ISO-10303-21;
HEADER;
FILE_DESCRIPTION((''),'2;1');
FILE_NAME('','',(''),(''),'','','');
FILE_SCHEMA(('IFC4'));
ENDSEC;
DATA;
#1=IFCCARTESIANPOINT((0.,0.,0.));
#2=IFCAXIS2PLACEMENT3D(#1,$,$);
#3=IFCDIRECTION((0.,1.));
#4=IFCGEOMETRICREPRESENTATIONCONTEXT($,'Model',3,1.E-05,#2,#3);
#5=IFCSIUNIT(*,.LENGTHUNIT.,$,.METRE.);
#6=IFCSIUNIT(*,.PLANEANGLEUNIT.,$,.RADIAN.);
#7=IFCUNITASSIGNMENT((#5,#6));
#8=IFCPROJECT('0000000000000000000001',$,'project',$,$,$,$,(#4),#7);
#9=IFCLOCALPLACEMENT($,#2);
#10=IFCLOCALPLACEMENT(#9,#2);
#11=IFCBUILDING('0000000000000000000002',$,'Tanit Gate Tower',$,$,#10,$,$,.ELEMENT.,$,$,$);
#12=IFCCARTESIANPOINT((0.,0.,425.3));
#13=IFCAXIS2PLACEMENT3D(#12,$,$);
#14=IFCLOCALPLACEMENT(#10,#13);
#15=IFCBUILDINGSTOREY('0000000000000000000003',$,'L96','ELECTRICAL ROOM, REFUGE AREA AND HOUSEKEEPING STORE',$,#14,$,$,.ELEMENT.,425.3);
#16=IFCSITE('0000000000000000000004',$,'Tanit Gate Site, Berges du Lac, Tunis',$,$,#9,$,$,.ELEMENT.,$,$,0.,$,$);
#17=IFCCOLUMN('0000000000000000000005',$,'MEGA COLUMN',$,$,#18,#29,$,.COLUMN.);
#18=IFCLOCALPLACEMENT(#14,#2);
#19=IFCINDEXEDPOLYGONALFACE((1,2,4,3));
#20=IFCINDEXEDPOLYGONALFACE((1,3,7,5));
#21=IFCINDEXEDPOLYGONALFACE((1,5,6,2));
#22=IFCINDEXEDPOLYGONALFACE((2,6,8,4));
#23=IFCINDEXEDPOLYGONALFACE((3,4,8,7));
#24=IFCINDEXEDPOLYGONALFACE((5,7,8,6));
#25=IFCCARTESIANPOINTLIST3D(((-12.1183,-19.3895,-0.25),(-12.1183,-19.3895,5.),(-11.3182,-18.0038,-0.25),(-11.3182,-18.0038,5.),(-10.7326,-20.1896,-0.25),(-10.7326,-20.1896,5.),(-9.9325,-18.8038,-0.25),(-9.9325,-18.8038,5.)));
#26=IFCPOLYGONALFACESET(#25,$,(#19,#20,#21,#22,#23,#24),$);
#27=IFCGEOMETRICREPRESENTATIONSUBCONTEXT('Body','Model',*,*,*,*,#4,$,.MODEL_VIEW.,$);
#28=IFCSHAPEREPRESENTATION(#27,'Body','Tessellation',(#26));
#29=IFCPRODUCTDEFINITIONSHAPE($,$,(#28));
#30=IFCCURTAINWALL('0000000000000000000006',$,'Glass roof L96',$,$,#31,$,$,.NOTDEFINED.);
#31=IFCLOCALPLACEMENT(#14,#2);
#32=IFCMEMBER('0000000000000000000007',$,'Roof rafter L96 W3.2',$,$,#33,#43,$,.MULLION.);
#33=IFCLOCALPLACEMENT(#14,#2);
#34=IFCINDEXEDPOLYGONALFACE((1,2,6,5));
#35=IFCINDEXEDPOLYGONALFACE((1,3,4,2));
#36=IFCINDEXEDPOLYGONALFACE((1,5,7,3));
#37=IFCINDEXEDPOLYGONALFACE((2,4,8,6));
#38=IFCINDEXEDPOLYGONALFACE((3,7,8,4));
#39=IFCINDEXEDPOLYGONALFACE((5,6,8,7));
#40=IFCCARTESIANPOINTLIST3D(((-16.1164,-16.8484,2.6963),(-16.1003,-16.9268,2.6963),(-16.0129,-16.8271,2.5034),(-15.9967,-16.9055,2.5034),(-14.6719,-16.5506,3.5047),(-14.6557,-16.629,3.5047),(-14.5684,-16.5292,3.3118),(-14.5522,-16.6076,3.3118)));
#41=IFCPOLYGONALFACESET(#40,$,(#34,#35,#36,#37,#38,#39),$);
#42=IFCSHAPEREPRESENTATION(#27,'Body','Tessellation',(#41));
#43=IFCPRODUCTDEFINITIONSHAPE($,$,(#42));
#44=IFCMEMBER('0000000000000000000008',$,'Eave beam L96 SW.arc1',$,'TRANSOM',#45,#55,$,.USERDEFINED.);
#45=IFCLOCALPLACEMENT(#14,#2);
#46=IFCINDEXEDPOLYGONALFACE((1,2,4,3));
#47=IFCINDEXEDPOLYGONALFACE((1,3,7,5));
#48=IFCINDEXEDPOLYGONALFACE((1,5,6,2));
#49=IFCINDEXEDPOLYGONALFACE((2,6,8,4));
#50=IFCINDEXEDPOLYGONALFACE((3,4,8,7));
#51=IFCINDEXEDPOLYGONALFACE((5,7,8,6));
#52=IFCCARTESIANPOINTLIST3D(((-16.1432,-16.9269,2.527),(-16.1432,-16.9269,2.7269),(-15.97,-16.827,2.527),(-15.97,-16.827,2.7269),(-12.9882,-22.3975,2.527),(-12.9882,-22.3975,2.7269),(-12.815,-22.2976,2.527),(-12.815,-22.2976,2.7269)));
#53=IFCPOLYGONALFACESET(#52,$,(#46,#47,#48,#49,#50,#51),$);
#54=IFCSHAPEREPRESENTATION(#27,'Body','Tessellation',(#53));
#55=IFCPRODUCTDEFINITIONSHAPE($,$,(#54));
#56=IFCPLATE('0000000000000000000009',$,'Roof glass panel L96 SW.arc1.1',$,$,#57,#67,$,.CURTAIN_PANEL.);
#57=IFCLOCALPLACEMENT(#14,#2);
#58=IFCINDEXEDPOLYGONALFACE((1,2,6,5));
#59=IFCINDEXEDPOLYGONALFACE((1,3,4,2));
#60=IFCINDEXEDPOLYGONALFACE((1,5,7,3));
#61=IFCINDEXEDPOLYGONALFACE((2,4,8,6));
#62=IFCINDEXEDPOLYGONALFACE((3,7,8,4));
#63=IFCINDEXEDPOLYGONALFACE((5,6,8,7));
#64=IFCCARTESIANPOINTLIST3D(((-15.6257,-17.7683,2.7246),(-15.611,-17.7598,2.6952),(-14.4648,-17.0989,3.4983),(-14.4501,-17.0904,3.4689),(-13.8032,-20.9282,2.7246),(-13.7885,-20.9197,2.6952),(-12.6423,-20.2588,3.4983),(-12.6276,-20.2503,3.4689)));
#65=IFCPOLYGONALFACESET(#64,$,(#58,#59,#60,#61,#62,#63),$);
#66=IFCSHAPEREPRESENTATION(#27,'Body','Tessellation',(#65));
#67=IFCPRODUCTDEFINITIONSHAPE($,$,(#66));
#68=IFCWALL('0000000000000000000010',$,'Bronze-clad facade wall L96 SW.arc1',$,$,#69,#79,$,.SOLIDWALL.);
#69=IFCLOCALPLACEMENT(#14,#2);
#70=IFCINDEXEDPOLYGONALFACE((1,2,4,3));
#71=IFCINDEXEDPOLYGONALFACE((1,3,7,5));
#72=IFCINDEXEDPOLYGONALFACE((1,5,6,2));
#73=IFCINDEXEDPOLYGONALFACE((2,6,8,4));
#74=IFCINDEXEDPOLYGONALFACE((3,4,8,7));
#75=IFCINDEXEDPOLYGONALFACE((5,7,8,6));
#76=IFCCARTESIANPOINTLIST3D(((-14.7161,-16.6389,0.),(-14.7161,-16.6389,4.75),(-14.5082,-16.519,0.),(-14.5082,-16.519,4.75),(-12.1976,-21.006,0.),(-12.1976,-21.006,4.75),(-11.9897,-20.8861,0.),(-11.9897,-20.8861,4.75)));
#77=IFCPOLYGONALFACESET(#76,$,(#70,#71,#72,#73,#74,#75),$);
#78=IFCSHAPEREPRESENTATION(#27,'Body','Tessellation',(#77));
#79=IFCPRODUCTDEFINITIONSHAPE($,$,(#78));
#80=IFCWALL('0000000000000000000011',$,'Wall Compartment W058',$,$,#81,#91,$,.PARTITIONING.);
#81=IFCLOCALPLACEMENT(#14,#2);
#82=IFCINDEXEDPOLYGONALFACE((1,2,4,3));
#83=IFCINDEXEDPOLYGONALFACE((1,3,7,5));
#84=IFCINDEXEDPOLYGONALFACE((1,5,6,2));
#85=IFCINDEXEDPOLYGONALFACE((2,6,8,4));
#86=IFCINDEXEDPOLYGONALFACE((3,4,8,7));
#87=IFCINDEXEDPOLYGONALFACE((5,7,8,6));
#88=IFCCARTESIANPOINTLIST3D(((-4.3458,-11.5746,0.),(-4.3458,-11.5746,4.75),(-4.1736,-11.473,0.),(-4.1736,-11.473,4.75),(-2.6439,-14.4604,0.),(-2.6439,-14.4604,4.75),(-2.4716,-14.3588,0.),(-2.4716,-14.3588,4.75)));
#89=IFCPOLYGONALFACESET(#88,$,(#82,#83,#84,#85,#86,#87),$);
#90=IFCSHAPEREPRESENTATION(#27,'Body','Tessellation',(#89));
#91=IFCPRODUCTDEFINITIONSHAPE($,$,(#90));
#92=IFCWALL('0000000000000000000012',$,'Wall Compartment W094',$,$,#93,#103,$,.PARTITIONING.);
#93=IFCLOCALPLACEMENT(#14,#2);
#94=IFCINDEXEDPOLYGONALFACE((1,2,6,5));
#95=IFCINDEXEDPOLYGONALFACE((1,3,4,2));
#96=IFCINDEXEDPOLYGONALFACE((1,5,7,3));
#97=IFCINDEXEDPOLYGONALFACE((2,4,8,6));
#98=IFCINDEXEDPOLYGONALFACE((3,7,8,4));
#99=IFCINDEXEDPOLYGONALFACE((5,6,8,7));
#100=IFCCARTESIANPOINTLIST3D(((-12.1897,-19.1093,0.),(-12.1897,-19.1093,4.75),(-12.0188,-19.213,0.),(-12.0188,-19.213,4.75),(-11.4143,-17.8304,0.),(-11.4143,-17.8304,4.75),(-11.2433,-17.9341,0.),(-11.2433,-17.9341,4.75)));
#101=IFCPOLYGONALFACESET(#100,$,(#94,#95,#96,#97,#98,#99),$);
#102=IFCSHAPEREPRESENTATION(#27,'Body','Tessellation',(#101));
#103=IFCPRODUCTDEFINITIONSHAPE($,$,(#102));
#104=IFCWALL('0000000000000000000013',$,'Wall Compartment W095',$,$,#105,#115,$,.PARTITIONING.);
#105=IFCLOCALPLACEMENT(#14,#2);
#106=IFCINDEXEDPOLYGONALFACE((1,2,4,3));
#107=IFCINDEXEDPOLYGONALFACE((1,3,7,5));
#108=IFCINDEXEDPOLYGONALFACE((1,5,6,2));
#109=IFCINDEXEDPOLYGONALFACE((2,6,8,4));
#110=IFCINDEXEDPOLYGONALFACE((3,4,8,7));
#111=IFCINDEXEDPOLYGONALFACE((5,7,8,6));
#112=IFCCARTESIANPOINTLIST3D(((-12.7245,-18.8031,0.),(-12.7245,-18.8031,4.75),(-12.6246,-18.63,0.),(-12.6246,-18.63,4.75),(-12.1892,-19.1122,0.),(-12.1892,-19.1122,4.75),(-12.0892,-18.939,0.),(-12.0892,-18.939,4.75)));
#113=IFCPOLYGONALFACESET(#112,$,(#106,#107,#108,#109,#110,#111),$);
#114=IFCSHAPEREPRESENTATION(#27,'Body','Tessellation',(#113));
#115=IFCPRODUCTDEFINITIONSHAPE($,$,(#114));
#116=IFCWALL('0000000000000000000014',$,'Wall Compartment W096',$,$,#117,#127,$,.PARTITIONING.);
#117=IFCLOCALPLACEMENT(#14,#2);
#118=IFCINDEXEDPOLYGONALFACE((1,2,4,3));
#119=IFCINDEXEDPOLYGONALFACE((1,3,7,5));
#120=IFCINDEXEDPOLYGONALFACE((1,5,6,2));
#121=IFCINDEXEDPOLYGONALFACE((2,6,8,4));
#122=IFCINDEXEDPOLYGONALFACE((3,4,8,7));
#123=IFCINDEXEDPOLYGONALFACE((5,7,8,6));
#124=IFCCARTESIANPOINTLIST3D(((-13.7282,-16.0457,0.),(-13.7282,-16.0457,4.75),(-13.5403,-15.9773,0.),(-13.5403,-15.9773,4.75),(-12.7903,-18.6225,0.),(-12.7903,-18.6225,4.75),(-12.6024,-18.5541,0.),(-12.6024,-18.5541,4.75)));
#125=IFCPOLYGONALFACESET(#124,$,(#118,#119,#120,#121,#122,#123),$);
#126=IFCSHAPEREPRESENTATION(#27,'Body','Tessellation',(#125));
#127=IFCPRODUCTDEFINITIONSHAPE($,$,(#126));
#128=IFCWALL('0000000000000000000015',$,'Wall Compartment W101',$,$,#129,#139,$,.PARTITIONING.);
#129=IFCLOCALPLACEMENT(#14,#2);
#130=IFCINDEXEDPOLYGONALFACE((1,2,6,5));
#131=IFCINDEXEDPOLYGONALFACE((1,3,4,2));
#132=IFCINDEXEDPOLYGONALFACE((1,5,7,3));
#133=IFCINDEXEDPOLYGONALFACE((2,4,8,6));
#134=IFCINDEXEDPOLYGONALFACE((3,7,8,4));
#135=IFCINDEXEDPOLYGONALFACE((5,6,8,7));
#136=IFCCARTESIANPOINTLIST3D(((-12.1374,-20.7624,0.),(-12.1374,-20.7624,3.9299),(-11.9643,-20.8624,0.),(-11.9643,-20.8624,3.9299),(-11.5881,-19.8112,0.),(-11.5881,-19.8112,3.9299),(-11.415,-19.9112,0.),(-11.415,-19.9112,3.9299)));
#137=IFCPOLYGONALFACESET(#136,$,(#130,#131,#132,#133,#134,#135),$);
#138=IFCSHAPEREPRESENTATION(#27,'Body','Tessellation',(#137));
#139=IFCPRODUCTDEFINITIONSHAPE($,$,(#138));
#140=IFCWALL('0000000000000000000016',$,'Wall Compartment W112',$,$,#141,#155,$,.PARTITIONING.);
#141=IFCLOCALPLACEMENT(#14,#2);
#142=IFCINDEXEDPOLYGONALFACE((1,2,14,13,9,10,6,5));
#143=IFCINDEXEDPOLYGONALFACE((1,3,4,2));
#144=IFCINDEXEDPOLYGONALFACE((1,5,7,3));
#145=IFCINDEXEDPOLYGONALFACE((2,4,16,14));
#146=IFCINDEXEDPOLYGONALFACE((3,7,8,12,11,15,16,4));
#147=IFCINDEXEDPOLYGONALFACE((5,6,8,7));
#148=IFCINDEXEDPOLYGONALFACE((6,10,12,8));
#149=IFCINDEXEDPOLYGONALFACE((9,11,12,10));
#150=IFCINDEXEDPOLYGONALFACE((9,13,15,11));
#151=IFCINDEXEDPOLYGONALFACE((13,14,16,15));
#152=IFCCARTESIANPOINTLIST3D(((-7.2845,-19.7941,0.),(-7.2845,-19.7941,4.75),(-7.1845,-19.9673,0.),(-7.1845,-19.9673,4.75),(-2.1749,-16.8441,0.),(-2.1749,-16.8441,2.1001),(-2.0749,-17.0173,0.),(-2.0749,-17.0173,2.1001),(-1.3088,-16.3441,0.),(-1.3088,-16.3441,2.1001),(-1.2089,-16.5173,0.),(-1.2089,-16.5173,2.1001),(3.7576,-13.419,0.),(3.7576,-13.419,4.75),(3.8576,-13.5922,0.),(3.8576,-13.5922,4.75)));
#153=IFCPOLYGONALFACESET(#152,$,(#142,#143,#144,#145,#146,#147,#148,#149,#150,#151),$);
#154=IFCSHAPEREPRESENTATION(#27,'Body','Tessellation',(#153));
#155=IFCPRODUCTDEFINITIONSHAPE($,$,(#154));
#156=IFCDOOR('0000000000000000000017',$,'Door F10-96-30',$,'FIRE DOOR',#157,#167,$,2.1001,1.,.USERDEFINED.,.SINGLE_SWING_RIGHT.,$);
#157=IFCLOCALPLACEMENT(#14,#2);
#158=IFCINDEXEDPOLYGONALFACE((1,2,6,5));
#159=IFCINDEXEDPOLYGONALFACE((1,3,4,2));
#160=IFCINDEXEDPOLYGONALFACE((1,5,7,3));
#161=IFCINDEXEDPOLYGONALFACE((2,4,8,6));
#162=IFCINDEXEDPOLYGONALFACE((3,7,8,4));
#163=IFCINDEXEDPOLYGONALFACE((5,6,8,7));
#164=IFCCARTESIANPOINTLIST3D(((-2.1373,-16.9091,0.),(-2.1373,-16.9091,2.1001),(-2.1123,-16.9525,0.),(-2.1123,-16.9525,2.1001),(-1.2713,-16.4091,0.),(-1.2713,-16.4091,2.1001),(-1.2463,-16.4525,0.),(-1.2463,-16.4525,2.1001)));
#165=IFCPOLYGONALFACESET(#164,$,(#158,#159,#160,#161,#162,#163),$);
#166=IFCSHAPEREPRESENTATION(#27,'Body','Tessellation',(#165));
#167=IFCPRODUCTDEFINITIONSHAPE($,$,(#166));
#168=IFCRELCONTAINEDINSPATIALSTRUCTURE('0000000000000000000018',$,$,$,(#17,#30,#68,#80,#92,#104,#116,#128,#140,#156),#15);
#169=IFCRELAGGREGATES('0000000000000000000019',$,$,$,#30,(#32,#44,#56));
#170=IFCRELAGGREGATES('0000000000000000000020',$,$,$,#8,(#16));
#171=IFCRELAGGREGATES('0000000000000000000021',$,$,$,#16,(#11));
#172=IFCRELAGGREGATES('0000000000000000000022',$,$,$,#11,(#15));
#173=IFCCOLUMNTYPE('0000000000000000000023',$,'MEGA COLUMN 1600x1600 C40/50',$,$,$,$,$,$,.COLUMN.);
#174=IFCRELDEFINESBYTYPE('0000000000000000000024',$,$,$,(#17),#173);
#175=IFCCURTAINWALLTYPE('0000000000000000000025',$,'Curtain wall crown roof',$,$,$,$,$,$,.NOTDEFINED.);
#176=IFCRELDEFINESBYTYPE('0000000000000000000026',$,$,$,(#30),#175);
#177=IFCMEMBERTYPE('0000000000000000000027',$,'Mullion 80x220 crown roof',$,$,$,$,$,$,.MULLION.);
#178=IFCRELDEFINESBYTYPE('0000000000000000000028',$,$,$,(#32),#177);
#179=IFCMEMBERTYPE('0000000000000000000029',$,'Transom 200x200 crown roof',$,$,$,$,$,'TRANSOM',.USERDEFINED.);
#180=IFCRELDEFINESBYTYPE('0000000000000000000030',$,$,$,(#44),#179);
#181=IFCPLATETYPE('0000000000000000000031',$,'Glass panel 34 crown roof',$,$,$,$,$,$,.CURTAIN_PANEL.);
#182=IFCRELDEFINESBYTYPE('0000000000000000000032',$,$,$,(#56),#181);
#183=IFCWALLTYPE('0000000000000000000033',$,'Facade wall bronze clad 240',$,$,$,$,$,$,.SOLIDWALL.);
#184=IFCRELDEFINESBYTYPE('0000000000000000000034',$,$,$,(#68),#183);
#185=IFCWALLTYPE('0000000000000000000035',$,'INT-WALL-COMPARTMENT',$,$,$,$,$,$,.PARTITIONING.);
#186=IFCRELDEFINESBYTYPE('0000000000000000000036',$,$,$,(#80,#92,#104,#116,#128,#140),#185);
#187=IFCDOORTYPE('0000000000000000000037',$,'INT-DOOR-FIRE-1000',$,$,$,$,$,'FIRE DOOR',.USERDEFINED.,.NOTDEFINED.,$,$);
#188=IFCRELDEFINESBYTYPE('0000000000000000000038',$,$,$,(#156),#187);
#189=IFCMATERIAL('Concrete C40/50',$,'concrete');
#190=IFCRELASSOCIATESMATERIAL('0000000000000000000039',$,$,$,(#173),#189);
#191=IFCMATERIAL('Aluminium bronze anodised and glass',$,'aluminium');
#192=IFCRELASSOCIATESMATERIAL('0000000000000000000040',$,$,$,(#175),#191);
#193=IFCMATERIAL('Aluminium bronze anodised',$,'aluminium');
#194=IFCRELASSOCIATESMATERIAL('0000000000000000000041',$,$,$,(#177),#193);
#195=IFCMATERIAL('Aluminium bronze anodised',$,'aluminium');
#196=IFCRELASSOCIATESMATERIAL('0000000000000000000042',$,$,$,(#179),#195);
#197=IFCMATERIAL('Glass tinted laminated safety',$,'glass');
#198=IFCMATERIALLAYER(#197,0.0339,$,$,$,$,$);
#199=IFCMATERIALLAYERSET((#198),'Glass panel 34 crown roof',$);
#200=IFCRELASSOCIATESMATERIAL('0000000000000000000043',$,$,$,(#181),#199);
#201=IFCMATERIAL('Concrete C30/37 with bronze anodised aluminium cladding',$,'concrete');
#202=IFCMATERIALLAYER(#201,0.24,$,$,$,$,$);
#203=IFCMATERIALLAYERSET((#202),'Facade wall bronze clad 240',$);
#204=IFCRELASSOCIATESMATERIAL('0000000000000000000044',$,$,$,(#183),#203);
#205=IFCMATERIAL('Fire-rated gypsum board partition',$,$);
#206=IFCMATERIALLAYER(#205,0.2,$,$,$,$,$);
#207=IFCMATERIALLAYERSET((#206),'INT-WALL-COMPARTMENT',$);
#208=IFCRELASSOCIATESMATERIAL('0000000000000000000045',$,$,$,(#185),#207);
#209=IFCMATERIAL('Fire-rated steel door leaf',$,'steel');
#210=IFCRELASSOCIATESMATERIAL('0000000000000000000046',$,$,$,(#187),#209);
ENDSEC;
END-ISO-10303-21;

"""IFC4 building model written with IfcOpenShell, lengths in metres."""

from ifc_helpers import new_model, si_unit, direction, frame, frame_2d, origin, origin_2d, place, context, subcontext, project, spatial, polyline, rectangle, outline, extrude, material, layer, layer_set, material_profile, profile_set, type_object, element, fill, aggregate, save


model = new_model("IFC4")

# Units and contexts
model_context = context("Model", 3, precision=1e-05, world=origin(), true_north=direction((0.0, 1.0)))
body_context = subcontext(model_context, "Body", "Model", "MODEL_VIEW")
ifc_project = project(units=[si_unit("LENGTHUNIT", "METRE"), si_unit("PLANEANGLEUNIT", "RADIAN")], contexts=[model_context])

# Site, building, storey
site_placement = place(None, origin())
site = spatial("IfcSite", under=ifc_project, at=site_placement, Name="Tanit Gate Site, Berges du Lac, Tunis", CompositionType="ELEMENT", RefElevation=0.0)
building_placement = place(site_placement, origin())
building = spatial("IfcBuilding", under=site, at=building_placement, Name="Tanit Gate Tower", CompositionType="ELEMENT")
storey_placement = place(building_placement, frame((0.0, 0.0, 425.3)))
storey = spatial("IfcBuildingStorey", under=building, at=storey_placement, Name="L96", Description="ELECTRICAL ROOM, REFUGE AREA AND HOUSEKEEPING STORE", CompositionType="ELEMENT", Elevation=425.3)

# Column
ifc_material_1 = material(Name="Concrete C40/50", Category="concrete")
ifc_material_profile_1 = material_profile(ifc_material_1, rectangle(XDim=1.6001, YDim=1.6001, at=origin_2d()), Name="RC 1600x1600")
ifc_profile_set_1 = profile_set([ifc_material_profile_1], Name="Concrete C40/50")
column_type = type_object("IfcColumnType", Name="MEGA COLUMN 1600x1600 C40/50", PredefinedType="COLUMN", material=ifc_profile_set_1)
column_placement = place(storey_placement, frame((-11.0254, -19.0967, -0.25), z_axis=(0.0, 0.0, 1.0), x_axis=(-0.5, -0.866025, 0.0)))
element("IfcColumn", 1, at=column_placement, inside=storey, type_object=column_type, Name="MEGA COLUMN", PredefinedType="COLUMN", context=body_context, shape_type="SweptSolid", body=[
    extrude(rectangle(XDim=1.6001, YDim=1.6001, at=origin_2d()), origin(), (0.0, 0.0, 1.0), 5.25),
])

# Curtain wall, members, plate
ifc_material_2 = material(Name="Aluminium bronze anodised and glass", Category="aluminium")
curtain_wall_type = type_object("IfcCurtainWallType", Name="Curtain wall crown roof", PredefinedType="NOTDEFINED", material=ifc_material_2)
curtain_wall_placement = place(storey_placement, origin())
curtain_wall = element("IfcCurtainWall", 2, at=curtain_wall_placement, inside=storey, type_object=curtain_wall_type, Name="Glass roof L96", PredefinedType="NOTDEFINED")
ifc_material_3 = material(Name="Aluminium bronze anodised", Category="aluminium")
ifc_material_profile_2 = material_profile(ifc_material_3, rectangle(XDim=0.0801, YDim=0.22, at=origin_2d()), Name="80x220 bronze rafter")
ifc_profile_set_2 = profile_set([ifc_material_profile_2], Name="Aluminium bronze anodised")
member_type_1 = type_object("IfcMemberType", Name="Mullion 80x220 crown roof", PredefinedType="MULLION", material=ifc_profile_set_2)
member_1_placement = place(storey_placement, frame((-14.6121, -16.5791, 3.4082), z_axis=(-0.858872, -0.177087, -0.480603), x_axis=(0.201938, -0.979398, 0.0)))
member_1 = element("IfcMember", 3, at=member_1_placement, type_object=member_type_1, Name="Roof rafter L96 W3.2", PredefinedType="MULLION", context=body_context, shape_type="SweptSolid", body=[
    extrude(rectangle(XDim=0.0801, YDim=0.22, at=origin_2d()), origin(), (0.0, 0.0, 1.0), 1.6819),
])
ifc_material_4 = material(Name="Aluminium bronze anodised", Category="aluminium")
ifc_material_profile_3 = material_profile(ifc_material_4, rectangle(XDim=0.2, YDim=0.2, at=origin_2d()), Name="200x200 bronze transom")
ifc_profile_set_3 = profile_set([ifc_material_profile_3], Name="Aluminium bronze anodised")
member_type_2 = type_object("IfcMemberType", Name="Transom 200x200 crown roof", ElementType="TRANSOM", PredefinedType="USERDEFINED", material=ifc_profile_set_3)
member_2_placement = place(storey_placement, frame((-16.0566, -16.877, 2.627), z_axis=(0.499603, -0.866254, 0.0), x_axis=(0.866254, 0.499603, 0.0)))
member_2 = element("IfcMember", 4, at=member_2_placement, type_object=member_type_2, Name="Eave beam L96 SW.arc1", ObjectType="TRANSOM", PredefinedType="USERDEFINED", context=body_context, shape_type="SweptSolid", body=[
    extrude(rectangle(XDim=0.2, YDim=0.2, at=origin_2d()), origin(), (0.0, 0.0, 1.0), 6.3152),
])
ifc_material_5 = material(Name="Glass tinted laminated safety", Category="glass")
ifc_layer_1 = layer(ifc_material_5, 0.0339)
ifc_layer_set_1 = layer_set([ifc_layer_1], Name="Glass panel 34 crown roof")
plate_type = type_object("IfcPlateType", Name="Glass panel 34 crown roof", PredefinedType="CURTAIN_PANEL", material=ifc_layer_set_1)
plate_placement = place(storey_placement, frame((-14.4648, -17.0989, 3.4983), z_axis=(-0.433119, -0.249805, 0.866029), x_axis=(0.499616, -0.866247, 0.0)))
plate = element("IfcPlate", 5, at=plate_placement, type_object=plate_type, Name="Roof glass panel L96 SW.arc1.1", PredefinedType="CURTAIN_PANEL", context=body_context, shape_type="SweptSolid", body=[
    extrude(outline(polyline([(0.0, 0.0), (3.6478, 0.0), (3.6477, -1.5474), (-0.0001, -1.5474), (0.0, 0.0)])), origin(), (0.0, 0.0, -1.0), 0.0339),
])
aggregate(curtain_wall, [member_1, member_2, plate])

# Walls
ifc_material_6 = material(Name="Concrete C30/37 with bronze anodised aluminium cladding", Category="concrete")
ifc_layer_2 = layer(ifc_material_6, 0.24)
ifc_layer_set_2 = layer_set([ifc_layer_2], Name="Facade wall bronze clad 240")
wall_type_1 = type_object("IfcWallType", Name="Facade wall bronze clad 240", PredefinedType="SOLIDWALL", material=ifc_layer_set_2)
wall_1_placement = place(storey_placement, frame((-14.6121, -16.5791, 0.0), z_axis=(0.0, 0.0, 1.0), x_axis=(0.499577, -0.866269, 0.0)))
element("IfcWall", 6, at=wall_1_placement, inside=storey, type_object=wall_type_1, Name="Bronze-clad facade wall L96 SW.arc1", PredefinedType="SOLIDWALL", context=body_context, shape_type="SweptSolid", body=[
    extrude(rectangle(XDim=5.0413, YDim=0.24, at=frame_2d((2.5205, 0.0))), origin(), (0.0, 0.0, 1.0), 4.75),
])
ifc_material_7 = material(Name="Fire-rated gypsum board partition")
ifc_layer_3 = layer(ifc_material_7, 0.2)
ifc_layer_set_3 = layer_set([ifc_layer_3], Name="INT-WALL-COMPARTMENT")
wall_type_2 = type_object("IfcWallType", Name="INT-WALL-COMPARTMENT", PredefinedType="PARTITIONING", material=ifc_layer_set_3)
wall_2_placement = place(storey_placement, frame((-4.2598, -11.5237, 0.0), z_axis=(0.0, 0.0, 1.0), x_axis=(0.507997, -0.861359, 0.0)))
element("IfcWall", 7, at=wall_2_placement, inside=storey, type_object=wall_type_2, Name="Wall Compartment W058", PredefinedType="PARTITIONING", context=body_context, shape_type="SweptSolid", body=[
    extrude(rectangle(XDim=3.3503, YDim=0.2, at=frame_2d((1.6753, 0.0))), origin(), (0.0, 0.0, 1.0), 4.75),
])
wall_3_placement = place(storey_placement, frame((-12.1042, -19.1611, 0.0), z_axis=(0.0, 0.0, 1.0), x_axis=(0.518475, 0.855093, 0.0)))
element("IfcWall", 8, at=wall_3_placement, inside=storey, type_object=wall_type_2, Name="Wall Compartment W094", PredefinedType="PARTITIONING", context=body_context, shape_type="SweptSolid", body=[
    extrude(rectangle(XDim=1.4956, YDim=0.2, at=frame_2d((0.7478, 0.0))), origin(), (0.0, 0.0, 1.0), 4.75),
])
wall_4_placement = place(storey_placement, frame((-12.6746, -18.7166, 0.0), z_axis=(0.0, 0.0, 1.0), x_axis=(0.866047, -0.499962, 0.0)))
element("IfcWall", 9, at=wall_4_placement, inside=storey, type_object=wall_type_2, Name="Wall Compartment W095", PredefinedType="PARTITIONING", context=body_context, shape_type="SweptSolid", body=[
    extrude(rectangle(XDim=0.6182, YDim=0.2, at=frame_2d((0.3091, 0.0))), origin(), (0.0, 0.0, 1.0), 4.75),
])
wall_5_placement = place(storey_placement, frame((-13.6343, -16.0115, 0.0), z_axis=(0.0, 0.0, 1.0), x_axis=(0.342043, -0.939684, 0.0)))
element("IfcWall", 10, at=wall_5_placement, inside=storey, type_object=wall_type_2, Name="Wall Compartment W096", PredefinedType="PARTITIONING", context=body_context, shape_type="SweptSolid", body=[
    extrude(rectangle(XDim=2.7422, YDim=0.2, at=frame_2d((1.3711, 0.0))), origin(), (0.0, 0.0, 1.0), 4.75),
])
wall_6_placement = place(storey_placement, frame((-11.5015, -19.8611, 0.0), z_axis=(0.0, 0.0, 1.0), x_axis=(-0.500107, -0.865963, 0.0)))
element("IfcWall", 11, at=wall_6_placement, inside=storey, type_object=wall_type_2, Name="Wall Compartment W101", PredefinedType="PARTITIONING", context=body_context, shape_type="SweptSolid", body=[
    extrude(rectangle(XDim=1.0984, YDim=0.2, at=frame_2d((0.5493, 0.0))), origin(), (0.0, 0.0, 1.0), 3.9299),
])

# Wall, opening, door
wall_7_placement = place(storey_placement, frame((-7.2344, -19.8806, 0.0), z_axis=(0.0, 0.0, 1.0), x_axis=(0.866029, 0.499994, 0.0)))
wall_7 = element("IfcWall", 12, at=wall_7_placement, inside=storey, type_object=wall_type_2, Name="Wall Compartment W112", PredefinedType="PARTITIONING", context=body_context, shape_type="SweptSolid", body=[
    extrude(rectangle(XDim=12.7502, YDim=0.2, at=frame_2d((6.375, 0.0))), origin(), (0.0, 0.0, 1.0), 4.75),
])
opening_1_placement = place(wall_7_placement, frame((5.8999, 0.0, 0.0)))
opening_1 = element("IfcOpeningElement", 13, at=opening_1_placement, cuts=wall_7, PredefinedType="OPENING", context=body_context, shape_type="SweptSolid", body=[
    extrude(rectangle(XDim=1.0, YDim=2.1001, at=frame_2d((0.5, 1.05))), frame((0.0, 0.1099, 0.0), z_axis=(0.0, -1.0, 0.0), x_axis=(1.0, 0.0, 0.0)), (0.0, 0.0, 1.0), 0.22),
])
ifc_material_8 = material(Name="Fire-rated steel door leaf", Category="steel")
door_type_1 = type_object("IfcDoorType", Name="INT-DOOR-FIRE-1000", ElementType="FIRE DOOR", OperationType="NOTDEFINED", PredefinedType="USERDEFINED", material=ifc_material_8)
door_1_placement = place(opening_1_placement, origin())
door_1 = element("IfcDoor", 14, at=door_1_placement, inside=storey, type_object=door_type_1, Name="Door F10-96-30", ObjectType="FIRE DOOR", OperationType="SINGLE_SWING_RIGHT", OverallHeight=2.1001, OverallWidth=1.0, PredefinedType="USERDEFINED", context=body_context, shape_type="SweptSolid", body=[
    extrude(rectangle(XDim=1.0, YDim=2.1001, at=frame_2d((0.5, 1.05))), frame((0.0, 0.0249, 0.0), z_axis=(0.0, -1.0, 0.0), x_axis=(1.0, 0.0, 0.0)), (0.0, 0.0, 1.0), 0.05),
])
fill(opening_1, door_1)

save(model, "model.ifc")
